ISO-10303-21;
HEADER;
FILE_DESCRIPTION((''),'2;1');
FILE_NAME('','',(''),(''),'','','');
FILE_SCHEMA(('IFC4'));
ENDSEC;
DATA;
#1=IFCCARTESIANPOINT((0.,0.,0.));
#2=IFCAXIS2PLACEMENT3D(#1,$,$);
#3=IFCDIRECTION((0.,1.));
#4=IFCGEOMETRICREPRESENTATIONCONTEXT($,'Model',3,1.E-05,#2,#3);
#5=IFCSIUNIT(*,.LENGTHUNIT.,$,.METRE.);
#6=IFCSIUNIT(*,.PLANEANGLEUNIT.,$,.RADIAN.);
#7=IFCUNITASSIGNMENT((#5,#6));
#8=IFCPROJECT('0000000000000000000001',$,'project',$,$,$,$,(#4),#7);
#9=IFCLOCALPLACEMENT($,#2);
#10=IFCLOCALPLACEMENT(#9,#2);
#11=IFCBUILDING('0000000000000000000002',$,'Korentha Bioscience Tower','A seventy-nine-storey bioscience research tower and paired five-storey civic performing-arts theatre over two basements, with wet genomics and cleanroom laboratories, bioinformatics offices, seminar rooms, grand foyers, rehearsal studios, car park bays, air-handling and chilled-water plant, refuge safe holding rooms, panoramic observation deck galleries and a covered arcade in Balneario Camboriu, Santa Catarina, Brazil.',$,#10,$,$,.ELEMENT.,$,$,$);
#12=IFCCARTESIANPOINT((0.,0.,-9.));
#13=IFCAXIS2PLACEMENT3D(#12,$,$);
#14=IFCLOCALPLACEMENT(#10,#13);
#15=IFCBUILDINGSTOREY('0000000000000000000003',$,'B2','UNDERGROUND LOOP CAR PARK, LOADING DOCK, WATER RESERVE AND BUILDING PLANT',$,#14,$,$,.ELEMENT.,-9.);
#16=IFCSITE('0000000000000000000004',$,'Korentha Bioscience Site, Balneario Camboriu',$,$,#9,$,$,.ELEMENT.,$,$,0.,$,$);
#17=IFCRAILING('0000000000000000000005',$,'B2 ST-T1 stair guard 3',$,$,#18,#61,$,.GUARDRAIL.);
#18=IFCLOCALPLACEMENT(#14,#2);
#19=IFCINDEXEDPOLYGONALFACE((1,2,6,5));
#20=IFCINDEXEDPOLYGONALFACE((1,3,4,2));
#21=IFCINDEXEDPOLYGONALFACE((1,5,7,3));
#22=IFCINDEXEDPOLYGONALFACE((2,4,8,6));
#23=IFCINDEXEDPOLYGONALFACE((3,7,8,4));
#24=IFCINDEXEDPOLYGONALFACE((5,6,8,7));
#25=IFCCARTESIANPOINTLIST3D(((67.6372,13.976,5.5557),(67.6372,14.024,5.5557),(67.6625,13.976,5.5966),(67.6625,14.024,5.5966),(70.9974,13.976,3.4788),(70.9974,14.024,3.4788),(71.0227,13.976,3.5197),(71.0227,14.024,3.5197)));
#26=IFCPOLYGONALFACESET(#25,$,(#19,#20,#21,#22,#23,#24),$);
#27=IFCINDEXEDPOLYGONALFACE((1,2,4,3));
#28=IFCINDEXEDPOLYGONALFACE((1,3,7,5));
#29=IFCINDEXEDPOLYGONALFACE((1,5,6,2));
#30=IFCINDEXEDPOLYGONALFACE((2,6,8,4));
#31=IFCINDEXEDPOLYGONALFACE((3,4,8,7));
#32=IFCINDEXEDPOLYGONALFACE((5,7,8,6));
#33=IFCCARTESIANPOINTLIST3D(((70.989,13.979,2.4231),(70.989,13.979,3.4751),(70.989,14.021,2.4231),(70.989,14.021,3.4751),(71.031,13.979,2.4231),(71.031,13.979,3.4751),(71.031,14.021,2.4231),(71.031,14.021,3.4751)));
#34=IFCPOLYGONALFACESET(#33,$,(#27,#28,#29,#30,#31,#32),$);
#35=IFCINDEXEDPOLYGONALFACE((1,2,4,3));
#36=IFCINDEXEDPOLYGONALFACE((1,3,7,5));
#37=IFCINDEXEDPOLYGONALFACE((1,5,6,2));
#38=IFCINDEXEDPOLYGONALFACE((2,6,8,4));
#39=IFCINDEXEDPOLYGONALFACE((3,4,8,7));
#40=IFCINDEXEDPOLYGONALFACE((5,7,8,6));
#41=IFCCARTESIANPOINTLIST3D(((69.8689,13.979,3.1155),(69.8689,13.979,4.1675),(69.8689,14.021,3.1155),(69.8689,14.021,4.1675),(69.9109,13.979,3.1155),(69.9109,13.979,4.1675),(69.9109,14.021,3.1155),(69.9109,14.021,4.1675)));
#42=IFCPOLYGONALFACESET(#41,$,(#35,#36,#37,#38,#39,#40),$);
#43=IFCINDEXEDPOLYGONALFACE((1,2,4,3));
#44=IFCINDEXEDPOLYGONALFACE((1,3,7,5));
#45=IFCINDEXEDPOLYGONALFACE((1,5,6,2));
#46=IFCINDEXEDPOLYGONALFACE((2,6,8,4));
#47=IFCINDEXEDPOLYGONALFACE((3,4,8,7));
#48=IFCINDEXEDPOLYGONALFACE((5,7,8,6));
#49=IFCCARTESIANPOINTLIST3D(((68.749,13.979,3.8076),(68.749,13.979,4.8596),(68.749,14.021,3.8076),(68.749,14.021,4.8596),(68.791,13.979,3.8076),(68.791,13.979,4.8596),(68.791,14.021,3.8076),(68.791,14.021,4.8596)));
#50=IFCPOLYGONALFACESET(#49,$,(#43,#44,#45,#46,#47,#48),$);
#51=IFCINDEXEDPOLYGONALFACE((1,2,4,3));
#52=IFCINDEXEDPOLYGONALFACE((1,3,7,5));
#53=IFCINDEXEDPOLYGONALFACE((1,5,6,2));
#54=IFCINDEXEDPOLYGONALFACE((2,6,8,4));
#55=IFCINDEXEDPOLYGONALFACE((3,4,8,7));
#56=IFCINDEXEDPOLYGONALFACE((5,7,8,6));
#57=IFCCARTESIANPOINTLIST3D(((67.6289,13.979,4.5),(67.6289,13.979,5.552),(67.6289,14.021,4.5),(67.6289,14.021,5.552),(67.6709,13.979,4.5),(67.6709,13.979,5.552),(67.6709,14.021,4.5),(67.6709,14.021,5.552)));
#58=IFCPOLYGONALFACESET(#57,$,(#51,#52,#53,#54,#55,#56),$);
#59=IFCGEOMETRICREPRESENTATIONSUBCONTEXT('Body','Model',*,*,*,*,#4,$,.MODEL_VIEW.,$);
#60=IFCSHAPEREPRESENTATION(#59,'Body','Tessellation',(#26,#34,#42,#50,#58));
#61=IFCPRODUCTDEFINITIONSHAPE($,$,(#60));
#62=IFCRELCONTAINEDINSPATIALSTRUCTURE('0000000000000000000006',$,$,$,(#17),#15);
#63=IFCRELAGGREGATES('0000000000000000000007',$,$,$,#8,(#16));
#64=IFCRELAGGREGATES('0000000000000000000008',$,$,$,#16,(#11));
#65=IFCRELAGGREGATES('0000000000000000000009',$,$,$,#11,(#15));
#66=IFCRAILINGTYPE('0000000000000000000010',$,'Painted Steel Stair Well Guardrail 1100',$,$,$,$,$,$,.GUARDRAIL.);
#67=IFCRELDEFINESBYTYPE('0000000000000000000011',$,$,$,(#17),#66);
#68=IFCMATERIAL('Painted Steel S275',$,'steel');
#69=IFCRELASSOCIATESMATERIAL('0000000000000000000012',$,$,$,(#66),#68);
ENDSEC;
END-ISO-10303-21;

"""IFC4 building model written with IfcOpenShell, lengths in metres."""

from ifc_helpers import new_model, si_unit, direction, frame, origin, origin_2d, place, context, subcontext, project, spatial, rectangle, extrude, material, type_object, element, save


model = new_model("IFC4")

# Units and contexts
model_context = context("Model", 3, precision=1e-05, world=origin(), true_north=direction((0.0, 1.0)))
body_context = subcontext(model_context, "Body", "Model", "MODEL_VIEW")
ifc_project = project(units=[si_unit("LENGTHUNIT", "METRE"), si_unit("PLANEANGLEUNIT", "RADIAN")], contexts=[model_context])

# Site, building, storey
site_placement = place(None, origin())
site = spatial("IfcSite", under=ifc_project, at=site_placement, Name="Korentha Bioscience Site, Balneario Camboriu", CompositionType="ELEMENT", RefElevation=0.0)
building_placement = place(site_placement, origin())
building = spatial("IfcBuilding", under=site, at=building_placement, Name="Korentha Bioscience Tower", Description="A seventy-nine-storey bioscience research tower and paired five-storey civic performing-arts theatre over two basements, with wet genomics and cleanroom laboratories, bioinformatics offices, seminar rooms, grand foyers, rehearsal studios, car park bays, air-handling and chilled-water plant, refuge safe holding rooms, panoramic observation deck galleries and a covered arcade in Balneario Camboriu, Santa Catarina, Brazil.", CompositionType="ELEMENT")
storey_placement = place(building_placement, frame((0.0, 0.0, -9.0)))
storey = spatial("IfcBuildingStorey", under=building, at=storey_placement, Name="B2", Description="UNDERGROUND LOOP CAR PARK, LOADING DOCK, WATER RESERVE AND BUILDING PLANT", CompositionType="ELEMENT", Elevation=-9.0)

# Railing
ifc_material_1 = material(Name="Painted Steel S275", Category="steel")
railing_type_1 = type_object("IfcRailingType", Name="Painted Steel Stair Well Guardrail 1100", PredefinedType="GUARDRAIL", material=ifc_material_1)
railing_1_placement = place(storey_placement, frame((71.01, 14.0, 2.4231)))
element("IfcRailing", 1, at=railing_1_placement, inside=storey, type_object=railing_type_1, Name="B2 ST-T1 stair guard 3", PredefinedType="GUARDRAIL", context=body_context, shape_type="SweptSolid", body=[
    extrude(rectangle(XDim=0.0481, YDim=0.0481, at=origin_2d()), frame((0.0, 0.0, 1.0762), z_axis=(-0.850623, 0.0, 0.525776), x_axis=(0.0, -1.0, 0.0)), (0.0, 0.0, 1.0), 3.9502),
    extrude(rectangle(XDim=0.042, YDim=0.042, at=origin_2d()), origin(), (0.0, 0.0, 1.0), 1.052),
    extrude(rectangle(XDim=0.042, YDim=0.042, at=origin_2d()), frame((-1.1201, 0.0, 0.6924)), (0.0, 0.0, 1.0), 1.052),
    extrude(rectangle(XDim=0.042, YDim=0.042, at=origin_2d()), frame((-2.24, 0.0, 1.3845)), (0.0, 0.0, 1.0), 1.052),
    extrude(rectangle(XDim=0.042, YDim=0.042, at=origin_2d()), frame((-3.3601, 0.0, 2.0769)), (0.0, 0.0, 1.0), 1.052),
])

save(model, "model.ifc")
